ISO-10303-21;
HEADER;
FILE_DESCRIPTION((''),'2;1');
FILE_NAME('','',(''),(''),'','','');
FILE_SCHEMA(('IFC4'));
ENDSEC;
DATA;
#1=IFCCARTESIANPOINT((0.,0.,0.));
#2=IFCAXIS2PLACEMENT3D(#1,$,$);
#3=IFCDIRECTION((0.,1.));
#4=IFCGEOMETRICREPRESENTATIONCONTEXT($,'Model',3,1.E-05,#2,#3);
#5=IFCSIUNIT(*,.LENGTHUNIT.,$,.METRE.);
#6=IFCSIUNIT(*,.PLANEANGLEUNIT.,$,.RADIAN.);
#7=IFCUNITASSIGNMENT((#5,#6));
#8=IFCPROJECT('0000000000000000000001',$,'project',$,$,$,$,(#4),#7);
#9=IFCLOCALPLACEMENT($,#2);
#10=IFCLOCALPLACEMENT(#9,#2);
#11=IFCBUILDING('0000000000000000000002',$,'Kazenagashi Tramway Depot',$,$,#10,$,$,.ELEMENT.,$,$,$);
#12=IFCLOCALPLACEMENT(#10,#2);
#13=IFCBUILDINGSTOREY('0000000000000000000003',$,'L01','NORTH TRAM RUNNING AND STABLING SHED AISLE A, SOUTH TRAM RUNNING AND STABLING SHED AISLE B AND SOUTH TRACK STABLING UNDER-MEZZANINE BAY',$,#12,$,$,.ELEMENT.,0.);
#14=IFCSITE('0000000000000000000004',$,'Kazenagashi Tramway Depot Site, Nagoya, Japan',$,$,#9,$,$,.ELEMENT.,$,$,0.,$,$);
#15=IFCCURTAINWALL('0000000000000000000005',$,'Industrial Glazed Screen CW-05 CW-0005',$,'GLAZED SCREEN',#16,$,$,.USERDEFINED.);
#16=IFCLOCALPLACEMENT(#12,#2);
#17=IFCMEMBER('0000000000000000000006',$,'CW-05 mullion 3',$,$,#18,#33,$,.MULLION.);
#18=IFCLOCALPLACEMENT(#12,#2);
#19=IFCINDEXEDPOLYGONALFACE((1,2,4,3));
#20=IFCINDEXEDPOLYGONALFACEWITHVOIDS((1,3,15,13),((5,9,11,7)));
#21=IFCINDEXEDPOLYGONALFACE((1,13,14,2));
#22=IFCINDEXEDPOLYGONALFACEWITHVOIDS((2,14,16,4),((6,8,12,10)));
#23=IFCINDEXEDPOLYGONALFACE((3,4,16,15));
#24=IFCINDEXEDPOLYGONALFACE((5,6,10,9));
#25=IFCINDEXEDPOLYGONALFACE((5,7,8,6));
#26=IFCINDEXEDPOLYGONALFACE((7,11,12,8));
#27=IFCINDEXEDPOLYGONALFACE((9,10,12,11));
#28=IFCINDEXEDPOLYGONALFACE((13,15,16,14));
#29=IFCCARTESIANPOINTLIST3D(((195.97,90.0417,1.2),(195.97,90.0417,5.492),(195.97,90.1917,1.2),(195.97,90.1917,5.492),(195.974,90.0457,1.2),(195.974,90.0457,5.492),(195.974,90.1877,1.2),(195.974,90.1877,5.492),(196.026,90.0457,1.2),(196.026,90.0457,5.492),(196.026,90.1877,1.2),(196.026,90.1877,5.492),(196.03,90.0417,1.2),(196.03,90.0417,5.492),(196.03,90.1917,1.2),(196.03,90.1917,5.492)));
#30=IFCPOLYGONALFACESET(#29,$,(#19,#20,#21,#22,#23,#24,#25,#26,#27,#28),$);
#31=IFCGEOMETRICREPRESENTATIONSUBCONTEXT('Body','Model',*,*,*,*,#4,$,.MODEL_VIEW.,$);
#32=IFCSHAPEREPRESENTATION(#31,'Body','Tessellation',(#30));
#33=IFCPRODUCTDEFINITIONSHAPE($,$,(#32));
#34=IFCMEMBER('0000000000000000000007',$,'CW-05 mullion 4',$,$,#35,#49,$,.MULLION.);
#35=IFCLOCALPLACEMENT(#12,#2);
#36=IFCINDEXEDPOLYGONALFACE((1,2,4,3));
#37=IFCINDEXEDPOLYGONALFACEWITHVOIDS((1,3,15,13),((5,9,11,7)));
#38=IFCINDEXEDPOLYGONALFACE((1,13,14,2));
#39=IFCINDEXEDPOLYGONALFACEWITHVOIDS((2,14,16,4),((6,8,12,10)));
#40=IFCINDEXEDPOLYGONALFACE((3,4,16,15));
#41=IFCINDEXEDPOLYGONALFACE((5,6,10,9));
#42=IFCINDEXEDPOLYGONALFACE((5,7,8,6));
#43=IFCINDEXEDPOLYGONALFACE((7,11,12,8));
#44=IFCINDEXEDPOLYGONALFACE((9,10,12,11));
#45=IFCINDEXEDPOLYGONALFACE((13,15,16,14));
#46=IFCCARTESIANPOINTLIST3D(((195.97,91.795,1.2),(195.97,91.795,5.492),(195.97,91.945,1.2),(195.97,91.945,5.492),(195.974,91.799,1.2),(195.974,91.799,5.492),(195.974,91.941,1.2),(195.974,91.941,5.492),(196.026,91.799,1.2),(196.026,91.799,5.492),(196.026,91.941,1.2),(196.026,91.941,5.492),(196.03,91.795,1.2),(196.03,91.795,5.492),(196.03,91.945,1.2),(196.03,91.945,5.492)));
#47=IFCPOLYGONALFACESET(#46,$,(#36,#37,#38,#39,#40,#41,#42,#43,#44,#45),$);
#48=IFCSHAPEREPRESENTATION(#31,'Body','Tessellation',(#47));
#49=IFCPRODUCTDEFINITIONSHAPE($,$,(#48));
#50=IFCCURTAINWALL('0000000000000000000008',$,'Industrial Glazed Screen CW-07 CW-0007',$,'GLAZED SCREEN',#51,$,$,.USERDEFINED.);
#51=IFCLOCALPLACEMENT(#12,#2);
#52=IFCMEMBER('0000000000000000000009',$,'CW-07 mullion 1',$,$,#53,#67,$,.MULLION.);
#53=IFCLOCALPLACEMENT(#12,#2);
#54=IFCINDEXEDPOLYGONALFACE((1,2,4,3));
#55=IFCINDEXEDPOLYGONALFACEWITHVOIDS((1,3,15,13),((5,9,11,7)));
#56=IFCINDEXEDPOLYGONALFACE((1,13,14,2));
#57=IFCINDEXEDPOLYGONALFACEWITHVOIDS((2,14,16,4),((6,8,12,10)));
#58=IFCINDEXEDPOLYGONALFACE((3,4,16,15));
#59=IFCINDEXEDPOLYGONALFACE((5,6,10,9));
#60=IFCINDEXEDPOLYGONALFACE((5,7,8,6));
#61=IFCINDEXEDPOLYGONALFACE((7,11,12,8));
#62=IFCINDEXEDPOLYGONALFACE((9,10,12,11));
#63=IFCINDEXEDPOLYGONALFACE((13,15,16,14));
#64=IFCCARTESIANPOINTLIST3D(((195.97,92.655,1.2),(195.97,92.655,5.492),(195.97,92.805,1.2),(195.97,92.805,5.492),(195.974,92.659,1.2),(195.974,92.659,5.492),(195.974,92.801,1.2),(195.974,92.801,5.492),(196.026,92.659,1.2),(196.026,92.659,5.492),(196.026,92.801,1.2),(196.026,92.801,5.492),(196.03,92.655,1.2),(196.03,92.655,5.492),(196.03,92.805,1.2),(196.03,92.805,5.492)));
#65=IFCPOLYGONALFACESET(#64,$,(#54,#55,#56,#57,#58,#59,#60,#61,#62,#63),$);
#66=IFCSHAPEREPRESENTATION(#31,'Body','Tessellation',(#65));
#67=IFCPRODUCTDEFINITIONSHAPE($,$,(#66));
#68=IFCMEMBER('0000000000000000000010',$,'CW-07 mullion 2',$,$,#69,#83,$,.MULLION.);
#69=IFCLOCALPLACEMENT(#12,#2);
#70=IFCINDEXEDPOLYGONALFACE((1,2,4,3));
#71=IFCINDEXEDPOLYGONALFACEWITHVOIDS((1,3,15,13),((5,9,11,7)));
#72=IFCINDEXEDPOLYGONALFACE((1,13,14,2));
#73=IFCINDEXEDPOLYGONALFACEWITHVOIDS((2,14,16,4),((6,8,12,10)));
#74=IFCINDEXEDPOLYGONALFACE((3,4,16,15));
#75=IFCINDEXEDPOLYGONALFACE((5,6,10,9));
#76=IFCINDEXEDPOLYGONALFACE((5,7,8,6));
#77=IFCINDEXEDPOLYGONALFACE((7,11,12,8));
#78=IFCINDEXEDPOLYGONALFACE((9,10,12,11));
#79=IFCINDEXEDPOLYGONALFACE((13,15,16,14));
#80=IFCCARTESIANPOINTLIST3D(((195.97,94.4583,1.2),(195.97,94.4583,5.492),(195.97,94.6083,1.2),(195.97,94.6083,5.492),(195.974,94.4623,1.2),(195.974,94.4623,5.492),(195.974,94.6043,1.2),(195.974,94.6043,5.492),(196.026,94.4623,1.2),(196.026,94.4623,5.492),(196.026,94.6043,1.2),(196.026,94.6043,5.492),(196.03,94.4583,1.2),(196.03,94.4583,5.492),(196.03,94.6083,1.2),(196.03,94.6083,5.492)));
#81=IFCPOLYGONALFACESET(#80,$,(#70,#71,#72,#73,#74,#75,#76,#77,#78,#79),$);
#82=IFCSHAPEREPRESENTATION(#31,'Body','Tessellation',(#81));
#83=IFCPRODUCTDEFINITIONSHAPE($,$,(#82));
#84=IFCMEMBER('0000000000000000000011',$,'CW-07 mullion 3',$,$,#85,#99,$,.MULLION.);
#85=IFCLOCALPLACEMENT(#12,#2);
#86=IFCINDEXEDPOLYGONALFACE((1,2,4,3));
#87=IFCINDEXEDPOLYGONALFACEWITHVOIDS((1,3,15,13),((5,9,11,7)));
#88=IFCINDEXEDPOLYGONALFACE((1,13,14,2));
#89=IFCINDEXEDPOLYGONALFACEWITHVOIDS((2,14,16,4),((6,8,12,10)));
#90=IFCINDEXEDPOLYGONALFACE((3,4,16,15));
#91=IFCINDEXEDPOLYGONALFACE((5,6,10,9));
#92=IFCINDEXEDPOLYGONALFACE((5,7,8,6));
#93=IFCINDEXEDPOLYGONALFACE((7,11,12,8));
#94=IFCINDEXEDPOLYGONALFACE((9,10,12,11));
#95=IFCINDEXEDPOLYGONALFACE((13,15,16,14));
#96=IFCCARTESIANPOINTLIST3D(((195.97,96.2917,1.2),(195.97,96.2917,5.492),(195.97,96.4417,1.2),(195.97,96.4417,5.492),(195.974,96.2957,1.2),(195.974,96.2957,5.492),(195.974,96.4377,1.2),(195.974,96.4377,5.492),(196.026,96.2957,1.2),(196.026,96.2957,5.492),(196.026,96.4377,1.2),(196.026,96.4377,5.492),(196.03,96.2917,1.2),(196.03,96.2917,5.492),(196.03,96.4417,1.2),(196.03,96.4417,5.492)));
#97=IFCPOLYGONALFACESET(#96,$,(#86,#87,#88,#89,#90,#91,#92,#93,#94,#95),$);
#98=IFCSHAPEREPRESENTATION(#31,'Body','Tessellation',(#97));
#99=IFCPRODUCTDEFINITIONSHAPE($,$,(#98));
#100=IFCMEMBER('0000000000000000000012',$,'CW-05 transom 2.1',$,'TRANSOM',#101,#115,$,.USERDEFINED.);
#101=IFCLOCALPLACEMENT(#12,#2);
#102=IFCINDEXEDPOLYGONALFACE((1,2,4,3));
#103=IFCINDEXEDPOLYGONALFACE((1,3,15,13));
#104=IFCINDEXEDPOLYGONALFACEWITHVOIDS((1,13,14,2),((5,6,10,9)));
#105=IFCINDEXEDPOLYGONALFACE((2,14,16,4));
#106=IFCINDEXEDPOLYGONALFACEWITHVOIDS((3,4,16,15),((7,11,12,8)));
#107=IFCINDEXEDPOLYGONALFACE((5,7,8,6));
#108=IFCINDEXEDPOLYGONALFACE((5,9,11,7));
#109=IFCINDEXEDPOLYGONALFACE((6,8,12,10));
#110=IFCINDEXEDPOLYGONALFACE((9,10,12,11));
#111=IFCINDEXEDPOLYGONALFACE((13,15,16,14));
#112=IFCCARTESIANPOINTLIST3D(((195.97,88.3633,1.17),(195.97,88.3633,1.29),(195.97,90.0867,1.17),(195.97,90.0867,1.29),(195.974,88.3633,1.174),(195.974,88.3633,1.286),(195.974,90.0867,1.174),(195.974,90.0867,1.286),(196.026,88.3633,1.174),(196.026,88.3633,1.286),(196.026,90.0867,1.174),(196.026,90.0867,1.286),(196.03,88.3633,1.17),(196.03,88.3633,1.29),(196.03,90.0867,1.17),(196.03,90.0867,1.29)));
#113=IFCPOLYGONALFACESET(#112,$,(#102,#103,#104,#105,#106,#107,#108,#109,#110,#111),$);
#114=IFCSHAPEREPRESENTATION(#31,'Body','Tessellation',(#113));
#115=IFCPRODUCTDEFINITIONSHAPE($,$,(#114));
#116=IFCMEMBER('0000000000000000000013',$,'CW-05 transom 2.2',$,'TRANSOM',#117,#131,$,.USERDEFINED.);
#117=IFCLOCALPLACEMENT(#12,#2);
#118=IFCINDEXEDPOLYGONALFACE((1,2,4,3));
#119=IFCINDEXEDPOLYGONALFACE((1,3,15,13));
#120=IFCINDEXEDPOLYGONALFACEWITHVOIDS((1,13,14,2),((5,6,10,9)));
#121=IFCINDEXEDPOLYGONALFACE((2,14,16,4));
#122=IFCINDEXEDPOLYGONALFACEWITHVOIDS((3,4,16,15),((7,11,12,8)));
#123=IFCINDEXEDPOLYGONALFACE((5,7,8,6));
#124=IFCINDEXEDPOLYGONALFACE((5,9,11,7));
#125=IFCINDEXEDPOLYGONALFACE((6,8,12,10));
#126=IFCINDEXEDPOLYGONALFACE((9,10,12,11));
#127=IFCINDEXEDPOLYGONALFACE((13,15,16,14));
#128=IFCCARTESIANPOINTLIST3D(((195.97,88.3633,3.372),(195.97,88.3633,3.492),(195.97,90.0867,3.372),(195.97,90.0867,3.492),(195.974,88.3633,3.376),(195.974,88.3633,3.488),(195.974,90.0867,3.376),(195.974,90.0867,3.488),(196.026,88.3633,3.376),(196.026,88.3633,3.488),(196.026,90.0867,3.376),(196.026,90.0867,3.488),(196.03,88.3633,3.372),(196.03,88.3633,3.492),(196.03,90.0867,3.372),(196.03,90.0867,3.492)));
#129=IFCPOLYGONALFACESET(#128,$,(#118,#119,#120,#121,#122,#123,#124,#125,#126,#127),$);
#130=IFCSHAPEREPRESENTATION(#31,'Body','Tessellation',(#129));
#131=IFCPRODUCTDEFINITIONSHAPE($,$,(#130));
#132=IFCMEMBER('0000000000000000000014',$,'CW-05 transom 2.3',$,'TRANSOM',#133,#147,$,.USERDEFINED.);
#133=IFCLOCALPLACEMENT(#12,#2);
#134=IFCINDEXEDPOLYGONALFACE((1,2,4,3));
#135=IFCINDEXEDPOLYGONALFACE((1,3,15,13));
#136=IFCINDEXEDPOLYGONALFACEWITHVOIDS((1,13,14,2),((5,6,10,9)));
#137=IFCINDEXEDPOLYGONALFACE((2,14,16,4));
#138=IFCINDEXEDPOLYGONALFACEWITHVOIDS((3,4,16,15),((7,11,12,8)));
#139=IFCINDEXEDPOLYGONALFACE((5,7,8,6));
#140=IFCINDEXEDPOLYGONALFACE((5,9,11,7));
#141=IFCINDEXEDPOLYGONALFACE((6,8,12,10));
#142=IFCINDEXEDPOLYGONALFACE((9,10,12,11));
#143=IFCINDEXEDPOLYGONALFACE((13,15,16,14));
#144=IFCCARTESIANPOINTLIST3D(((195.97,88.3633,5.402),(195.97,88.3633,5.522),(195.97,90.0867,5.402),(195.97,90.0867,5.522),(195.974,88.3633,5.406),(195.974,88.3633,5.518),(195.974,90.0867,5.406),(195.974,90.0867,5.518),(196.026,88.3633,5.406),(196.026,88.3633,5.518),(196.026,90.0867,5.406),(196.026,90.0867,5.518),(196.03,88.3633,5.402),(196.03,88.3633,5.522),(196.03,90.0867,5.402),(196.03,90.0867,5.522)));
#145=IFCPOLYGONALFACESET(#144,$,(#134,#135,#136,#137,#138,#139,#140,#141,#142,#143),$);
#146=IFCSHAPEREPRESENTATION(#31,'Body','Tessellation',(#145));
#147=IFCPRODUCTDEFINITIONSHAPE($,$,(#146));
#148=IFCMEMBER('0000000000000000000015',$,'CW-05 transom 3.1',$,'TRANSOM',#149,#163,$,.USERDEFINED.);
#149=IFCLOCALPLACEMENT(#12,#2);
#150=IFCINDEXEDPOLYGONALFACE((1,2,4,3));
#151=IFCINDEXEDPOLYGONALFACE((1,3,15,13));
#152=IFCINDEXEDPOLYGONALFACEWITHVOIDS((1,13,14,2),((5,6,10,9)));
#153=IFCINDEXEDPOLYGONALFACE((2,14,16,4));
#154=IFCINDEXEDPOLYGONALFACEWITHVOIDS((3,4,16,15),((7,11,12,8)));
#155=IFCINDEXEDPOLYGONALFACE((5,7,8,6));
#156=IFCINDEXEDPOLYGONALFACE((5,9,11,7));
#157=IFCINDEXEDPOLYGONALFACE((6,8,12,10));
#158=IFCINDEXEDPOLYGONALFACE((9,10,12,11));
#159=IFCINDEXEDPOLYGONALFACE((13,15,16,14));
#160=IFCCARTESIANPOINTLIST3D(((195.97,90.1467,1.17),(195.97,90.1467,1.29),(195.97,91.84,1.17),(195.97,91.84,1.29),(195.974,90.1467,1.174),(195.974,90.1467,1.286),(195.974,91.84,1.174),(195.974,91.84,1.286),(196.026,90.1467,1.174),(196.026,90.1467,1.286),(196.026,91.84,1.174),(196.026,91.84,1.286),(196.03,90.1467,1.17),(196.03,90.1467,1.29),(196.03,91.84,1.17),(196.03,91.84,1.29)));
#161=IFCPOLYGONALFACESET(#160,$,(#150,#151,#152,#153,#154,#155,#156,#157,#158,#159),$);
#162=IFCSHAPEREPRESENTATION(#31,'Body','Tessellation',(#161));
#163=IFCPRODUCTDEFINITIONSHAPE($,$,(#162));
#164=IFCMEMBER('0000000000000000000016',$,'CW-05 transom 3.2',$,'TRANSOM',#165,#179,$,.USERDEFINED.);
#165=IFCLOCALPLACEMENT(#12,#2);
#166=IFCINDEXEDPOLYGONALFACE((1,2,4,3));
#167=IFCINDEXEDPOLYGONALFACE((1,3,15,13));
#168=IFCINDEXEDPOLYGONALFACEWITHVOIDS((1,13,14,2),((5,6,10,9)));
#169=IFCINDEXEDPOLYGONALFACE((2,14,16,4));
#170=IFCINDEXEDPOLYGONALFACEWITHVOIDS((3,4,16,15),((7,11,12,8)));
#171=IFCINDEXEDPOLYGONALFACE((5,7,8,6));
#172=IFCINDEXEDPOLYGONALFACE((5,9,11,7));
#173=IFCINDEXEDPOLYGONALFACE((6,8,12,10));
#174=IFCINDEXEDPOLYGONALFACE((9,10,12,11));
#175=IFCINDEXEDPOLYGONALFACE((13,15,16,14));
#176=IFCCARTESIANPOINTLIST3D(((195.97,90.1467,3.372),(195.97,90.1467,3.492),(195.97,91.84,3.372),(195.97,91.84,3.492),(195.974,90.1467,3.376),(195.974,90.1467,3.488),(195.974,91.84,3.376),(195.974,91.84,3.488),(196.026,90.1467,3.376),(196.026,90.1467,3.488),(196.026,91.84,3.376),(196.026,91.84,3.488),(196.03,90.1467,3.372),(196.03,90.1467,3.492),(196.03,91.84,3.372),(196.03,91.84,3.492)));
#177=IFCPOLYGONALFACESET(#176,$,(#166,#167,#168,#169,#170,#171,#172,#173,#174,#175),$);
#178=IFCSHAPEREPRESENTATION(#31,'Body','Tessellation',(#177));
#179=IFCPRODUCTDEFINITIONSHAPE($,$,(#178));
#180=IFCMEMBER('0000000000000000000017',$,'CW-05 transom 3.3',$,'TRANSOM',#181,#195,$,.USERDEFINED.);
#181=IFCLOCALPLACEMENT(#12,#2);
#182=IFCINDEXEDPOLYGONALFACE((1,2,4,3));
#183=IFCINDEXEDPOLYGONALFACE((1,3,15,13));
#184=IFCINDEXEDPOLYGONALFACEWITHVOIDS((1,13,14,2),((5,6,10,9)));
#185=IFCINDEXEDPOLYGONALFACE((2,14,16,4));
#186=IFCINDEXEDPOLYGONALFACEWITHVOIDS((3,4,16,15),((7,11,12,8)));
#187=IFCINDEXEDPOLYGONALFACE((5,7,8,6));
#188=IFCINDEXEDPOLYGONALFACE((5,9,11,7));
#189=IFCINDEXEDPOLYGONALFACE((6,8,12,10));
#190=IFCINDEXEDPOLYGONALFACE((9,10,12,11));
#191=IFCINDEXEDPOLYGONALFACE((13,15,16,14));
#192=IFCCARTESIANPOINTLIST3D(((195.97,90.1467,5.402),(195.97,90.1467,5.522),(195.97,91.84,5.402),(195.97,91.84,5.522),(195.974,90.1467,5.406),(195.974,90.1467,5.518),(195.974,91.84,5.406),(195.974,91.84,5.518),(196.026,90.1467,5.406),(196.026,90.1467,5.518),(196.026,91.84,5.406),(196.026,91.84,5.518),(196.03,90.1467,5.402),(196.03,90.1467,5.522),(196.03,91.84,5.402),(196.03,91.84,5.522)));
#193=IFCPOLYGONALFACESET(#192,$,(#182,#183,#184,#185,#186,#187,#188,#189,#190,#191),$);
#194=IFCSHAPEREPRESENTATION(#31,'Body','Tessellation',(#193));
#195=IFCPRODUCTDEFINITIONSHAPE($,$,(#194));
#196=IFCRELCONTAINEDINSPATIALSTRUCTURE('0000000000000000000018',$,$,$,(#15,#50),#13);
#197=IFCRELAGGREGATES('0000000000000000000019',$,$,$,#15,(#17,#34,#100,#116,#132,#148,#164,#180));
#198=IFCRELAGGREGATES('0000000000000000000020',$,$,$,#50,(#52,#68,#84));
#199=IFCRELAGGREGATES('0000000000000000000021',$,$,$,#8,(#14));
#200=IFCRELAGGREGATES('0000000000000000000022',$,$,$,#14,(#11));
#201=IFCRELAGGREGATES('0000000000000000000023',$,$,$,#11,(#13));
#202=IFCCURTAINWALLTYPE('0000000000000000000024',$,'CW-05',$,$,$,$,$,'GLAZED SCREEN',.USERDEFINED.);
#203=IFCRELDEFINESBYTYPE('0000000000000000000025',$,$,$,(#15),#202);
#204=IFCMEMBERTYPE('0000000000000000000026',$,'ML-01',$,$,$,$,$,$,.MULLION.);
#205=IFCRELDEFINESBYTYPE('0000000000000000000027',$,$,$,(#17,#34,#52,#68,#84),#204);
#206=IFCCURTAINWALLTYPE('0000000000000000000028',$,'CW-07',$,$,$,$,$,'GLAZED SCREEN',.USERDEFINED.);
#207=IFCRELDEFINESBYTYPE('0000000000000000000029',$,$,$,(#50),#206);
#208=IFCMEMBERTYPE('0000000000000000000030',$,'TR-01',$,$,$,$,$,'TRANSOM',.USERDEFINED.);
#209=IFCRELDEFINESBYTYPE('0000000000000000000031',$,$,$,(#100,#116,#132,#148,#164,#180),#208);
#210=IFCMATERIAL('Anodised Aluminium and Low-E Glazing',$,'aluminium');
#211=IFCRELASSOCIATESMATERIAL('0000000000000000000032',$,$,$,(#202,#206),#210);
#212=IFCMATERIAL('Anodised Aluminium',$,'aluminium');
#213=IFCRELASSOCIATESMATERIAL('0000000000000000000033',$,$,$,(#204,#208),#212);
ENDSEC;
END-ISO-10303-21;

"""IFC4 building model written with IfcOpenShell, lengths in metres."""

from ifc_helpers import new_model, si_unit, direction, frame, origin, origin_2d, place, context, subcontext, project, spatial, hollow_rectangle, extrude, material, material_profile, profile_set, type_object, element, aggregate, save


model = new_model("IFC4")

# Units and contexts
model_context = context("Model", 3, precision=1e-05, world=origin(), true_north=direction((0.0, 1.0)))
body_context = subcontext(model_context, "Body", "Model", "MODEL_VIEW")
ifc_project = project(units=[si_unit("LENGTHUNIT", "METRE"), si_unit("PLANEANGLEUNIT", "RADIAN")], contexts=[model_context])

# Site, building, storey
site_placement = place(None, origin())
site = spatial("IfcSite", under=ifc_project, at=site_placement, Name="Kazenagashi Tramway Depot Site, Nagoya, Japan", CompositionType="ELEMENT", RefElevation=0.0)
building_placement = place(site_placement, origin())
building = spatial("IfcBuilding", under=site, at=building_placement, Name="Kazenagashi Tramway Depot", CompositionType="ELEMENT")
storey_placement = place(building_placement, origin())
storey = spatial("IfcBuildingStorey", under=building, at=storey_placement, Name="L01", Description="NORTH TRAM RUNNING AND STABLING SHED AISLE A, SOUTH TRAM RUNNING AND STABLING SHED AISLE B AND SOUTH TRACK STABLING UNDER-MEZZANINE BAY", CompositionType="ELEMENT", Elevation=0.0)

# Curtain walls, members
ifc_material_1 = material(Name="Anodised Aluminium and Low-E Glazing", Category="aluminium")
curtain_wall_type_1 = type_object("IfcCurtainWallType", Name="CW-05", ElementType="GLAZED SCREEN", PredefinedType="USERDEFINED", material=ifc_material_1)
curtain_wall_1_placement = place(storey_placement, origin())
curtain_wall_1 = element("IfcCurtainWall", 1, at=curtain_wall_1_placement, inside=storey, type_object=curtain_wall_type_1, Name="Industrial Glazed Screen CW-05 CW-0005", ObjectType="GLAZED SCREEN", PredefinedType="USERDEFINED")
ifc_material_2 = material(Name="Anodised Aluminium", Category="aluminium")
ifc_material_profile_1 = material_profile(ifc_material_2, hollow_rectangle(XDim=0.06, YDim=0.15, WallThickness=0.004, at=origin_2d()), Name="RHS-150x60x4")
ifc_profile_set_1 = profile_set([ifc_material_profile_1], Name="Anodised Aluminium")
member_type_1 = type_object("IfcMemberType", Name="ML-01", PredefinedType="MULLION", material=ifc_profile_set_1)
member_1_placement = place(storey_placement, frame((196.0, 90.1167, 1.2), z_axis=(0.0, 0.0, 1.0), x_axis=(-1.0, 0.0, 0.0)))
member_1 = element("IfcMember", 2, at=member_1_placement, type_object=member_type_1, Name="CW-05 mullion 3", PredefinedType="MULLION", context=body_context, shape_type="SweptSolid", body=[
    extrude(hollow_rectangle(XDim=0.06, YDim=0.15, WallThickness=0.004, at=origin_2d()), origin(), (0.0, 0.0, 1.0), 4.292),
])
member_2_placement = place(storey_placement, frame((196.0, 91.87, 1.2), z_axis=(0.0, 0.0, 1.0), x_axis=(-1.0, 0.0, 0.0)))
member_2 = element("IfcMember", 3, at=member_2_placement, type_object=member_type_1, Name="CW-05 mullion 4", PredefinedType="MULLION", context=body_context, shape_type="SweptSolid", body=[
    extrude(hollow_rectangle(XDim=0.06, YDim=0.15, WallThickness=0.004, at=origin_2d()), origin(), (0.0, 0.0, 1.0), 4.292),
])
curtain_wall_type_2 = type_object("IfcCurtainWallType", Name="CW-07", ElementType="GLAZED SCREEN", PredefinedType="USERDEFINED", material=ifc_material_1)
curtain_wall_2_placement = place(storey_placement, origin())
curtain_wall_2 = element("IfcCurtainWall", 4, at=curtain_wall_2_placement, inside=storey, type_object=curtain_wall_type_2, Name="Industrial Glazed Screen CW-07 CW-0007", ObjectType="GLAZED SCREEN", PredefinedType="USERDEFINED")
member_3_placement = place(storey_placement, frame((196.0, 92.73, 1.2), z_axis=(0.0, 0.0, 1.0), x_axis=(-1.0, 0.0, 0.0)))
member_3 = element("IfcMember", 5, at=member_3_placement, type_object=member_type_1, Name="CW-07 mullion 1", PredefinedType="MULLION", context=body_context, shape_type="SweptSolid", body=[
    extrude(hollow_rectangle(XDim=0.06, YDim=0.15, WallThickness=0.004, at=origin_2d()), origin(), (0.0, 0.0, 1.0), 4.292),
])
member_4_placement = place(storey_placement, frame((196.0, 94.5333, 1.2), z_axis=(0.0, 0.0, 1.0), x_axis=(-1.0, 0.0, 0.0)))
member_4 = element("IfcMember", 6, at=member_4_placement, type_object=member_type_1, Name="CW-07 mullion 2", PredefinedType="MULLION", context=body_context, shape_type="SweptSolid", body=[
    extrude(hollow_rectangle(XDim=0.06, YDim=0.15, WallThickness=0.004, at=origin_2d()), origin(), (0.0, 0.0, 1.0), 4.292),
])
member_5_placement = place(storey_placement, frame((196.0, 96.3667, 1.2), z_axis=(0.0, 0.0, 1.0), x_axis=(-1.0, 0.0, 0.0)))
member_5 = element("IfcMember", 7, at=member_5_placement, type_object=member_type_1, Name="CW-07 mullion 3", PredefinedType="MULLION", context=body_context, shape_type="SweptSolid", body=[
    extrude(hollow_rectangle(XDim=0.06, YDim=0.15, WallThickness=0.004, at=origin_2d()), origin(), (0.0, 0.0, 1.0), 4.292),
])

# Members
ifc_material_profile_2 = material_profile(ifc_material_2, hollow_rectangle(XDim=0.06, YDim=0.12, WallThickness=0.004, at=origin_2d()), Name="RHS-120x60x4")
ifc_profile_set_2 = profile_set([ifc_material_profile_2], Name="Anodised Aluminium")
member_type_2 = type_object("IfcMemberType", Name="TR-01", ElementType="TRANSOM", PredefinedType="USERDEFINED", material=ifc_profile_set_2)
member_6_placement = place(storey_placement, frame((196.0, 88.3633, 1.23), z_axis=(0.0, 1.0, 0.0), x_axis=(-1.0, 0.0, 0.0)))
member_6 = element("IfcMember", 8, at=member_6_placement, type_object=member_type_2, Name="CW-05 transom 2.1", ObjectType="TRANSOM", PredefinedType="USERDEFINED", context=body_context, shape_type="SweptSolid", body=[
    extrude(hollow_rectangle(XDim=0.06, YDim=0.12, WallThickness=0.004, at=origin_2d()), origin(), (0.0, 0.0, 1.0), 1.7233),
])
member_7_placement = place(storey_placement, frame((196.0, 88.3633, 3.432), z_axis=(0.0, 1.0, 0.0), x_axis=(-1.0, 0.0, 0.0)))
member_7 = element("IfcMember", 9, at=member_7_placement, type_object=member_type_2, Name="CW-05 transom 2.2", ObjectType="TRANSOM", PredefinedType="USERDEFINED", context=body_context, shape_type="SweptSolid", body=[
    extrude(hollow_rectangle(XDim=0.06, YDim=0.12, WallThickness=0.004, at=origin_2d()), origin(), (0.0, 0.0, 1.0), 1.7233),
])
member_8_placement = place(storey_placement, frame((196.0, 88.3633, 5.462), z_axis=(0.0, 1.0, 0.0), x_axis=(-1.0, 0.0, 0.0)))
member_8 = element("IfcMember", 10, at=member_8_placement, type_object=member_type_2, Name="CW-05 transom 2.3", ObjectType="TRANSOM", PredefinedType="USERDEFINED", context=body_context, shape_type="SweptSolid", body=[
    extrude(hollow_rectangle(XDim=0.06, YDim=0.12, WallThickness=0.004, at=origin_2d()), origin(), (0.0, 0.0, 1.0), 1.7233),
])
member_9_placement = place(storey_placement, frame((196.0, 90.1467, 1.23), z_axis=(0.0, 1.0, 0.0), x_axis=(-1.0, 0.0, 0.0)))
member_9 = element("IfcMember", 11, at=member_9_placement, type_object=member_type_2, Name="CW-05 transom 3.1", ObjectType="TRANSOM", PredefinedType="USERDEFINED", context=body_context, shape_type="SweptSolid", body=[
    extrude(hollow_rectangle(XDim=0.06, YDim=0.12, WallThickness=0.004, at=origin_2d()), origin(), (0.0, 0.0, 1.0), 1.6933),
])
member_10_placement = place(storey_placement, frame((196.0, 90.1467, 3.432), z_axis=(0.0, 1.0, 0.0), x_axis=(-1.0, 0.0, 0.0)))
member_10 = element("IfcMember", 12, at=member_10_placement, type_object=member_type_2, Name="CW-05 transom 3.2", ObjectType="TRANSOM", PredefinedType="USERDEFINED", context=body_context, shape_type="SweptSolid", body=[
    extrude(hollow_rectangle(XDim=0.06, YDim=0.12, WallThickness=0.004, at=origin_2d()), origin(), (0.0, 0.0, 1.0), 1.6933),
])
member_11_placement = place(storey_placement, frame((196.0, 90.1467, 5.462), z_axis=(0.0, 1.0, 0.0), x_axis=(-1.0, 0.0, 0.0)))
member_11 = element("IfcMember", 13, at=member_11_placement, type_object=member_type_2, Name="CW-05 transom 3.3", ObjectType="TRANSOM", PredefinedType="USERDEFINED", context=body_context, shape_type="SweptSolid", body=[
    extrude(hollow_rectangle(XDim=0.06, YDim=0.12, WallThickness=0.004, at=origin_2d()), origin(), (0.0, 0.0, 1.0), 1.6933),
])

aggregate(curtain_wall_1, [member_1, member_2, member_6, member_7, member_8, member_9, member_10, member_11])
aggregate(curtain_wall_2, [member_3, member_4, member_5])

save(model, "model.ifc")
